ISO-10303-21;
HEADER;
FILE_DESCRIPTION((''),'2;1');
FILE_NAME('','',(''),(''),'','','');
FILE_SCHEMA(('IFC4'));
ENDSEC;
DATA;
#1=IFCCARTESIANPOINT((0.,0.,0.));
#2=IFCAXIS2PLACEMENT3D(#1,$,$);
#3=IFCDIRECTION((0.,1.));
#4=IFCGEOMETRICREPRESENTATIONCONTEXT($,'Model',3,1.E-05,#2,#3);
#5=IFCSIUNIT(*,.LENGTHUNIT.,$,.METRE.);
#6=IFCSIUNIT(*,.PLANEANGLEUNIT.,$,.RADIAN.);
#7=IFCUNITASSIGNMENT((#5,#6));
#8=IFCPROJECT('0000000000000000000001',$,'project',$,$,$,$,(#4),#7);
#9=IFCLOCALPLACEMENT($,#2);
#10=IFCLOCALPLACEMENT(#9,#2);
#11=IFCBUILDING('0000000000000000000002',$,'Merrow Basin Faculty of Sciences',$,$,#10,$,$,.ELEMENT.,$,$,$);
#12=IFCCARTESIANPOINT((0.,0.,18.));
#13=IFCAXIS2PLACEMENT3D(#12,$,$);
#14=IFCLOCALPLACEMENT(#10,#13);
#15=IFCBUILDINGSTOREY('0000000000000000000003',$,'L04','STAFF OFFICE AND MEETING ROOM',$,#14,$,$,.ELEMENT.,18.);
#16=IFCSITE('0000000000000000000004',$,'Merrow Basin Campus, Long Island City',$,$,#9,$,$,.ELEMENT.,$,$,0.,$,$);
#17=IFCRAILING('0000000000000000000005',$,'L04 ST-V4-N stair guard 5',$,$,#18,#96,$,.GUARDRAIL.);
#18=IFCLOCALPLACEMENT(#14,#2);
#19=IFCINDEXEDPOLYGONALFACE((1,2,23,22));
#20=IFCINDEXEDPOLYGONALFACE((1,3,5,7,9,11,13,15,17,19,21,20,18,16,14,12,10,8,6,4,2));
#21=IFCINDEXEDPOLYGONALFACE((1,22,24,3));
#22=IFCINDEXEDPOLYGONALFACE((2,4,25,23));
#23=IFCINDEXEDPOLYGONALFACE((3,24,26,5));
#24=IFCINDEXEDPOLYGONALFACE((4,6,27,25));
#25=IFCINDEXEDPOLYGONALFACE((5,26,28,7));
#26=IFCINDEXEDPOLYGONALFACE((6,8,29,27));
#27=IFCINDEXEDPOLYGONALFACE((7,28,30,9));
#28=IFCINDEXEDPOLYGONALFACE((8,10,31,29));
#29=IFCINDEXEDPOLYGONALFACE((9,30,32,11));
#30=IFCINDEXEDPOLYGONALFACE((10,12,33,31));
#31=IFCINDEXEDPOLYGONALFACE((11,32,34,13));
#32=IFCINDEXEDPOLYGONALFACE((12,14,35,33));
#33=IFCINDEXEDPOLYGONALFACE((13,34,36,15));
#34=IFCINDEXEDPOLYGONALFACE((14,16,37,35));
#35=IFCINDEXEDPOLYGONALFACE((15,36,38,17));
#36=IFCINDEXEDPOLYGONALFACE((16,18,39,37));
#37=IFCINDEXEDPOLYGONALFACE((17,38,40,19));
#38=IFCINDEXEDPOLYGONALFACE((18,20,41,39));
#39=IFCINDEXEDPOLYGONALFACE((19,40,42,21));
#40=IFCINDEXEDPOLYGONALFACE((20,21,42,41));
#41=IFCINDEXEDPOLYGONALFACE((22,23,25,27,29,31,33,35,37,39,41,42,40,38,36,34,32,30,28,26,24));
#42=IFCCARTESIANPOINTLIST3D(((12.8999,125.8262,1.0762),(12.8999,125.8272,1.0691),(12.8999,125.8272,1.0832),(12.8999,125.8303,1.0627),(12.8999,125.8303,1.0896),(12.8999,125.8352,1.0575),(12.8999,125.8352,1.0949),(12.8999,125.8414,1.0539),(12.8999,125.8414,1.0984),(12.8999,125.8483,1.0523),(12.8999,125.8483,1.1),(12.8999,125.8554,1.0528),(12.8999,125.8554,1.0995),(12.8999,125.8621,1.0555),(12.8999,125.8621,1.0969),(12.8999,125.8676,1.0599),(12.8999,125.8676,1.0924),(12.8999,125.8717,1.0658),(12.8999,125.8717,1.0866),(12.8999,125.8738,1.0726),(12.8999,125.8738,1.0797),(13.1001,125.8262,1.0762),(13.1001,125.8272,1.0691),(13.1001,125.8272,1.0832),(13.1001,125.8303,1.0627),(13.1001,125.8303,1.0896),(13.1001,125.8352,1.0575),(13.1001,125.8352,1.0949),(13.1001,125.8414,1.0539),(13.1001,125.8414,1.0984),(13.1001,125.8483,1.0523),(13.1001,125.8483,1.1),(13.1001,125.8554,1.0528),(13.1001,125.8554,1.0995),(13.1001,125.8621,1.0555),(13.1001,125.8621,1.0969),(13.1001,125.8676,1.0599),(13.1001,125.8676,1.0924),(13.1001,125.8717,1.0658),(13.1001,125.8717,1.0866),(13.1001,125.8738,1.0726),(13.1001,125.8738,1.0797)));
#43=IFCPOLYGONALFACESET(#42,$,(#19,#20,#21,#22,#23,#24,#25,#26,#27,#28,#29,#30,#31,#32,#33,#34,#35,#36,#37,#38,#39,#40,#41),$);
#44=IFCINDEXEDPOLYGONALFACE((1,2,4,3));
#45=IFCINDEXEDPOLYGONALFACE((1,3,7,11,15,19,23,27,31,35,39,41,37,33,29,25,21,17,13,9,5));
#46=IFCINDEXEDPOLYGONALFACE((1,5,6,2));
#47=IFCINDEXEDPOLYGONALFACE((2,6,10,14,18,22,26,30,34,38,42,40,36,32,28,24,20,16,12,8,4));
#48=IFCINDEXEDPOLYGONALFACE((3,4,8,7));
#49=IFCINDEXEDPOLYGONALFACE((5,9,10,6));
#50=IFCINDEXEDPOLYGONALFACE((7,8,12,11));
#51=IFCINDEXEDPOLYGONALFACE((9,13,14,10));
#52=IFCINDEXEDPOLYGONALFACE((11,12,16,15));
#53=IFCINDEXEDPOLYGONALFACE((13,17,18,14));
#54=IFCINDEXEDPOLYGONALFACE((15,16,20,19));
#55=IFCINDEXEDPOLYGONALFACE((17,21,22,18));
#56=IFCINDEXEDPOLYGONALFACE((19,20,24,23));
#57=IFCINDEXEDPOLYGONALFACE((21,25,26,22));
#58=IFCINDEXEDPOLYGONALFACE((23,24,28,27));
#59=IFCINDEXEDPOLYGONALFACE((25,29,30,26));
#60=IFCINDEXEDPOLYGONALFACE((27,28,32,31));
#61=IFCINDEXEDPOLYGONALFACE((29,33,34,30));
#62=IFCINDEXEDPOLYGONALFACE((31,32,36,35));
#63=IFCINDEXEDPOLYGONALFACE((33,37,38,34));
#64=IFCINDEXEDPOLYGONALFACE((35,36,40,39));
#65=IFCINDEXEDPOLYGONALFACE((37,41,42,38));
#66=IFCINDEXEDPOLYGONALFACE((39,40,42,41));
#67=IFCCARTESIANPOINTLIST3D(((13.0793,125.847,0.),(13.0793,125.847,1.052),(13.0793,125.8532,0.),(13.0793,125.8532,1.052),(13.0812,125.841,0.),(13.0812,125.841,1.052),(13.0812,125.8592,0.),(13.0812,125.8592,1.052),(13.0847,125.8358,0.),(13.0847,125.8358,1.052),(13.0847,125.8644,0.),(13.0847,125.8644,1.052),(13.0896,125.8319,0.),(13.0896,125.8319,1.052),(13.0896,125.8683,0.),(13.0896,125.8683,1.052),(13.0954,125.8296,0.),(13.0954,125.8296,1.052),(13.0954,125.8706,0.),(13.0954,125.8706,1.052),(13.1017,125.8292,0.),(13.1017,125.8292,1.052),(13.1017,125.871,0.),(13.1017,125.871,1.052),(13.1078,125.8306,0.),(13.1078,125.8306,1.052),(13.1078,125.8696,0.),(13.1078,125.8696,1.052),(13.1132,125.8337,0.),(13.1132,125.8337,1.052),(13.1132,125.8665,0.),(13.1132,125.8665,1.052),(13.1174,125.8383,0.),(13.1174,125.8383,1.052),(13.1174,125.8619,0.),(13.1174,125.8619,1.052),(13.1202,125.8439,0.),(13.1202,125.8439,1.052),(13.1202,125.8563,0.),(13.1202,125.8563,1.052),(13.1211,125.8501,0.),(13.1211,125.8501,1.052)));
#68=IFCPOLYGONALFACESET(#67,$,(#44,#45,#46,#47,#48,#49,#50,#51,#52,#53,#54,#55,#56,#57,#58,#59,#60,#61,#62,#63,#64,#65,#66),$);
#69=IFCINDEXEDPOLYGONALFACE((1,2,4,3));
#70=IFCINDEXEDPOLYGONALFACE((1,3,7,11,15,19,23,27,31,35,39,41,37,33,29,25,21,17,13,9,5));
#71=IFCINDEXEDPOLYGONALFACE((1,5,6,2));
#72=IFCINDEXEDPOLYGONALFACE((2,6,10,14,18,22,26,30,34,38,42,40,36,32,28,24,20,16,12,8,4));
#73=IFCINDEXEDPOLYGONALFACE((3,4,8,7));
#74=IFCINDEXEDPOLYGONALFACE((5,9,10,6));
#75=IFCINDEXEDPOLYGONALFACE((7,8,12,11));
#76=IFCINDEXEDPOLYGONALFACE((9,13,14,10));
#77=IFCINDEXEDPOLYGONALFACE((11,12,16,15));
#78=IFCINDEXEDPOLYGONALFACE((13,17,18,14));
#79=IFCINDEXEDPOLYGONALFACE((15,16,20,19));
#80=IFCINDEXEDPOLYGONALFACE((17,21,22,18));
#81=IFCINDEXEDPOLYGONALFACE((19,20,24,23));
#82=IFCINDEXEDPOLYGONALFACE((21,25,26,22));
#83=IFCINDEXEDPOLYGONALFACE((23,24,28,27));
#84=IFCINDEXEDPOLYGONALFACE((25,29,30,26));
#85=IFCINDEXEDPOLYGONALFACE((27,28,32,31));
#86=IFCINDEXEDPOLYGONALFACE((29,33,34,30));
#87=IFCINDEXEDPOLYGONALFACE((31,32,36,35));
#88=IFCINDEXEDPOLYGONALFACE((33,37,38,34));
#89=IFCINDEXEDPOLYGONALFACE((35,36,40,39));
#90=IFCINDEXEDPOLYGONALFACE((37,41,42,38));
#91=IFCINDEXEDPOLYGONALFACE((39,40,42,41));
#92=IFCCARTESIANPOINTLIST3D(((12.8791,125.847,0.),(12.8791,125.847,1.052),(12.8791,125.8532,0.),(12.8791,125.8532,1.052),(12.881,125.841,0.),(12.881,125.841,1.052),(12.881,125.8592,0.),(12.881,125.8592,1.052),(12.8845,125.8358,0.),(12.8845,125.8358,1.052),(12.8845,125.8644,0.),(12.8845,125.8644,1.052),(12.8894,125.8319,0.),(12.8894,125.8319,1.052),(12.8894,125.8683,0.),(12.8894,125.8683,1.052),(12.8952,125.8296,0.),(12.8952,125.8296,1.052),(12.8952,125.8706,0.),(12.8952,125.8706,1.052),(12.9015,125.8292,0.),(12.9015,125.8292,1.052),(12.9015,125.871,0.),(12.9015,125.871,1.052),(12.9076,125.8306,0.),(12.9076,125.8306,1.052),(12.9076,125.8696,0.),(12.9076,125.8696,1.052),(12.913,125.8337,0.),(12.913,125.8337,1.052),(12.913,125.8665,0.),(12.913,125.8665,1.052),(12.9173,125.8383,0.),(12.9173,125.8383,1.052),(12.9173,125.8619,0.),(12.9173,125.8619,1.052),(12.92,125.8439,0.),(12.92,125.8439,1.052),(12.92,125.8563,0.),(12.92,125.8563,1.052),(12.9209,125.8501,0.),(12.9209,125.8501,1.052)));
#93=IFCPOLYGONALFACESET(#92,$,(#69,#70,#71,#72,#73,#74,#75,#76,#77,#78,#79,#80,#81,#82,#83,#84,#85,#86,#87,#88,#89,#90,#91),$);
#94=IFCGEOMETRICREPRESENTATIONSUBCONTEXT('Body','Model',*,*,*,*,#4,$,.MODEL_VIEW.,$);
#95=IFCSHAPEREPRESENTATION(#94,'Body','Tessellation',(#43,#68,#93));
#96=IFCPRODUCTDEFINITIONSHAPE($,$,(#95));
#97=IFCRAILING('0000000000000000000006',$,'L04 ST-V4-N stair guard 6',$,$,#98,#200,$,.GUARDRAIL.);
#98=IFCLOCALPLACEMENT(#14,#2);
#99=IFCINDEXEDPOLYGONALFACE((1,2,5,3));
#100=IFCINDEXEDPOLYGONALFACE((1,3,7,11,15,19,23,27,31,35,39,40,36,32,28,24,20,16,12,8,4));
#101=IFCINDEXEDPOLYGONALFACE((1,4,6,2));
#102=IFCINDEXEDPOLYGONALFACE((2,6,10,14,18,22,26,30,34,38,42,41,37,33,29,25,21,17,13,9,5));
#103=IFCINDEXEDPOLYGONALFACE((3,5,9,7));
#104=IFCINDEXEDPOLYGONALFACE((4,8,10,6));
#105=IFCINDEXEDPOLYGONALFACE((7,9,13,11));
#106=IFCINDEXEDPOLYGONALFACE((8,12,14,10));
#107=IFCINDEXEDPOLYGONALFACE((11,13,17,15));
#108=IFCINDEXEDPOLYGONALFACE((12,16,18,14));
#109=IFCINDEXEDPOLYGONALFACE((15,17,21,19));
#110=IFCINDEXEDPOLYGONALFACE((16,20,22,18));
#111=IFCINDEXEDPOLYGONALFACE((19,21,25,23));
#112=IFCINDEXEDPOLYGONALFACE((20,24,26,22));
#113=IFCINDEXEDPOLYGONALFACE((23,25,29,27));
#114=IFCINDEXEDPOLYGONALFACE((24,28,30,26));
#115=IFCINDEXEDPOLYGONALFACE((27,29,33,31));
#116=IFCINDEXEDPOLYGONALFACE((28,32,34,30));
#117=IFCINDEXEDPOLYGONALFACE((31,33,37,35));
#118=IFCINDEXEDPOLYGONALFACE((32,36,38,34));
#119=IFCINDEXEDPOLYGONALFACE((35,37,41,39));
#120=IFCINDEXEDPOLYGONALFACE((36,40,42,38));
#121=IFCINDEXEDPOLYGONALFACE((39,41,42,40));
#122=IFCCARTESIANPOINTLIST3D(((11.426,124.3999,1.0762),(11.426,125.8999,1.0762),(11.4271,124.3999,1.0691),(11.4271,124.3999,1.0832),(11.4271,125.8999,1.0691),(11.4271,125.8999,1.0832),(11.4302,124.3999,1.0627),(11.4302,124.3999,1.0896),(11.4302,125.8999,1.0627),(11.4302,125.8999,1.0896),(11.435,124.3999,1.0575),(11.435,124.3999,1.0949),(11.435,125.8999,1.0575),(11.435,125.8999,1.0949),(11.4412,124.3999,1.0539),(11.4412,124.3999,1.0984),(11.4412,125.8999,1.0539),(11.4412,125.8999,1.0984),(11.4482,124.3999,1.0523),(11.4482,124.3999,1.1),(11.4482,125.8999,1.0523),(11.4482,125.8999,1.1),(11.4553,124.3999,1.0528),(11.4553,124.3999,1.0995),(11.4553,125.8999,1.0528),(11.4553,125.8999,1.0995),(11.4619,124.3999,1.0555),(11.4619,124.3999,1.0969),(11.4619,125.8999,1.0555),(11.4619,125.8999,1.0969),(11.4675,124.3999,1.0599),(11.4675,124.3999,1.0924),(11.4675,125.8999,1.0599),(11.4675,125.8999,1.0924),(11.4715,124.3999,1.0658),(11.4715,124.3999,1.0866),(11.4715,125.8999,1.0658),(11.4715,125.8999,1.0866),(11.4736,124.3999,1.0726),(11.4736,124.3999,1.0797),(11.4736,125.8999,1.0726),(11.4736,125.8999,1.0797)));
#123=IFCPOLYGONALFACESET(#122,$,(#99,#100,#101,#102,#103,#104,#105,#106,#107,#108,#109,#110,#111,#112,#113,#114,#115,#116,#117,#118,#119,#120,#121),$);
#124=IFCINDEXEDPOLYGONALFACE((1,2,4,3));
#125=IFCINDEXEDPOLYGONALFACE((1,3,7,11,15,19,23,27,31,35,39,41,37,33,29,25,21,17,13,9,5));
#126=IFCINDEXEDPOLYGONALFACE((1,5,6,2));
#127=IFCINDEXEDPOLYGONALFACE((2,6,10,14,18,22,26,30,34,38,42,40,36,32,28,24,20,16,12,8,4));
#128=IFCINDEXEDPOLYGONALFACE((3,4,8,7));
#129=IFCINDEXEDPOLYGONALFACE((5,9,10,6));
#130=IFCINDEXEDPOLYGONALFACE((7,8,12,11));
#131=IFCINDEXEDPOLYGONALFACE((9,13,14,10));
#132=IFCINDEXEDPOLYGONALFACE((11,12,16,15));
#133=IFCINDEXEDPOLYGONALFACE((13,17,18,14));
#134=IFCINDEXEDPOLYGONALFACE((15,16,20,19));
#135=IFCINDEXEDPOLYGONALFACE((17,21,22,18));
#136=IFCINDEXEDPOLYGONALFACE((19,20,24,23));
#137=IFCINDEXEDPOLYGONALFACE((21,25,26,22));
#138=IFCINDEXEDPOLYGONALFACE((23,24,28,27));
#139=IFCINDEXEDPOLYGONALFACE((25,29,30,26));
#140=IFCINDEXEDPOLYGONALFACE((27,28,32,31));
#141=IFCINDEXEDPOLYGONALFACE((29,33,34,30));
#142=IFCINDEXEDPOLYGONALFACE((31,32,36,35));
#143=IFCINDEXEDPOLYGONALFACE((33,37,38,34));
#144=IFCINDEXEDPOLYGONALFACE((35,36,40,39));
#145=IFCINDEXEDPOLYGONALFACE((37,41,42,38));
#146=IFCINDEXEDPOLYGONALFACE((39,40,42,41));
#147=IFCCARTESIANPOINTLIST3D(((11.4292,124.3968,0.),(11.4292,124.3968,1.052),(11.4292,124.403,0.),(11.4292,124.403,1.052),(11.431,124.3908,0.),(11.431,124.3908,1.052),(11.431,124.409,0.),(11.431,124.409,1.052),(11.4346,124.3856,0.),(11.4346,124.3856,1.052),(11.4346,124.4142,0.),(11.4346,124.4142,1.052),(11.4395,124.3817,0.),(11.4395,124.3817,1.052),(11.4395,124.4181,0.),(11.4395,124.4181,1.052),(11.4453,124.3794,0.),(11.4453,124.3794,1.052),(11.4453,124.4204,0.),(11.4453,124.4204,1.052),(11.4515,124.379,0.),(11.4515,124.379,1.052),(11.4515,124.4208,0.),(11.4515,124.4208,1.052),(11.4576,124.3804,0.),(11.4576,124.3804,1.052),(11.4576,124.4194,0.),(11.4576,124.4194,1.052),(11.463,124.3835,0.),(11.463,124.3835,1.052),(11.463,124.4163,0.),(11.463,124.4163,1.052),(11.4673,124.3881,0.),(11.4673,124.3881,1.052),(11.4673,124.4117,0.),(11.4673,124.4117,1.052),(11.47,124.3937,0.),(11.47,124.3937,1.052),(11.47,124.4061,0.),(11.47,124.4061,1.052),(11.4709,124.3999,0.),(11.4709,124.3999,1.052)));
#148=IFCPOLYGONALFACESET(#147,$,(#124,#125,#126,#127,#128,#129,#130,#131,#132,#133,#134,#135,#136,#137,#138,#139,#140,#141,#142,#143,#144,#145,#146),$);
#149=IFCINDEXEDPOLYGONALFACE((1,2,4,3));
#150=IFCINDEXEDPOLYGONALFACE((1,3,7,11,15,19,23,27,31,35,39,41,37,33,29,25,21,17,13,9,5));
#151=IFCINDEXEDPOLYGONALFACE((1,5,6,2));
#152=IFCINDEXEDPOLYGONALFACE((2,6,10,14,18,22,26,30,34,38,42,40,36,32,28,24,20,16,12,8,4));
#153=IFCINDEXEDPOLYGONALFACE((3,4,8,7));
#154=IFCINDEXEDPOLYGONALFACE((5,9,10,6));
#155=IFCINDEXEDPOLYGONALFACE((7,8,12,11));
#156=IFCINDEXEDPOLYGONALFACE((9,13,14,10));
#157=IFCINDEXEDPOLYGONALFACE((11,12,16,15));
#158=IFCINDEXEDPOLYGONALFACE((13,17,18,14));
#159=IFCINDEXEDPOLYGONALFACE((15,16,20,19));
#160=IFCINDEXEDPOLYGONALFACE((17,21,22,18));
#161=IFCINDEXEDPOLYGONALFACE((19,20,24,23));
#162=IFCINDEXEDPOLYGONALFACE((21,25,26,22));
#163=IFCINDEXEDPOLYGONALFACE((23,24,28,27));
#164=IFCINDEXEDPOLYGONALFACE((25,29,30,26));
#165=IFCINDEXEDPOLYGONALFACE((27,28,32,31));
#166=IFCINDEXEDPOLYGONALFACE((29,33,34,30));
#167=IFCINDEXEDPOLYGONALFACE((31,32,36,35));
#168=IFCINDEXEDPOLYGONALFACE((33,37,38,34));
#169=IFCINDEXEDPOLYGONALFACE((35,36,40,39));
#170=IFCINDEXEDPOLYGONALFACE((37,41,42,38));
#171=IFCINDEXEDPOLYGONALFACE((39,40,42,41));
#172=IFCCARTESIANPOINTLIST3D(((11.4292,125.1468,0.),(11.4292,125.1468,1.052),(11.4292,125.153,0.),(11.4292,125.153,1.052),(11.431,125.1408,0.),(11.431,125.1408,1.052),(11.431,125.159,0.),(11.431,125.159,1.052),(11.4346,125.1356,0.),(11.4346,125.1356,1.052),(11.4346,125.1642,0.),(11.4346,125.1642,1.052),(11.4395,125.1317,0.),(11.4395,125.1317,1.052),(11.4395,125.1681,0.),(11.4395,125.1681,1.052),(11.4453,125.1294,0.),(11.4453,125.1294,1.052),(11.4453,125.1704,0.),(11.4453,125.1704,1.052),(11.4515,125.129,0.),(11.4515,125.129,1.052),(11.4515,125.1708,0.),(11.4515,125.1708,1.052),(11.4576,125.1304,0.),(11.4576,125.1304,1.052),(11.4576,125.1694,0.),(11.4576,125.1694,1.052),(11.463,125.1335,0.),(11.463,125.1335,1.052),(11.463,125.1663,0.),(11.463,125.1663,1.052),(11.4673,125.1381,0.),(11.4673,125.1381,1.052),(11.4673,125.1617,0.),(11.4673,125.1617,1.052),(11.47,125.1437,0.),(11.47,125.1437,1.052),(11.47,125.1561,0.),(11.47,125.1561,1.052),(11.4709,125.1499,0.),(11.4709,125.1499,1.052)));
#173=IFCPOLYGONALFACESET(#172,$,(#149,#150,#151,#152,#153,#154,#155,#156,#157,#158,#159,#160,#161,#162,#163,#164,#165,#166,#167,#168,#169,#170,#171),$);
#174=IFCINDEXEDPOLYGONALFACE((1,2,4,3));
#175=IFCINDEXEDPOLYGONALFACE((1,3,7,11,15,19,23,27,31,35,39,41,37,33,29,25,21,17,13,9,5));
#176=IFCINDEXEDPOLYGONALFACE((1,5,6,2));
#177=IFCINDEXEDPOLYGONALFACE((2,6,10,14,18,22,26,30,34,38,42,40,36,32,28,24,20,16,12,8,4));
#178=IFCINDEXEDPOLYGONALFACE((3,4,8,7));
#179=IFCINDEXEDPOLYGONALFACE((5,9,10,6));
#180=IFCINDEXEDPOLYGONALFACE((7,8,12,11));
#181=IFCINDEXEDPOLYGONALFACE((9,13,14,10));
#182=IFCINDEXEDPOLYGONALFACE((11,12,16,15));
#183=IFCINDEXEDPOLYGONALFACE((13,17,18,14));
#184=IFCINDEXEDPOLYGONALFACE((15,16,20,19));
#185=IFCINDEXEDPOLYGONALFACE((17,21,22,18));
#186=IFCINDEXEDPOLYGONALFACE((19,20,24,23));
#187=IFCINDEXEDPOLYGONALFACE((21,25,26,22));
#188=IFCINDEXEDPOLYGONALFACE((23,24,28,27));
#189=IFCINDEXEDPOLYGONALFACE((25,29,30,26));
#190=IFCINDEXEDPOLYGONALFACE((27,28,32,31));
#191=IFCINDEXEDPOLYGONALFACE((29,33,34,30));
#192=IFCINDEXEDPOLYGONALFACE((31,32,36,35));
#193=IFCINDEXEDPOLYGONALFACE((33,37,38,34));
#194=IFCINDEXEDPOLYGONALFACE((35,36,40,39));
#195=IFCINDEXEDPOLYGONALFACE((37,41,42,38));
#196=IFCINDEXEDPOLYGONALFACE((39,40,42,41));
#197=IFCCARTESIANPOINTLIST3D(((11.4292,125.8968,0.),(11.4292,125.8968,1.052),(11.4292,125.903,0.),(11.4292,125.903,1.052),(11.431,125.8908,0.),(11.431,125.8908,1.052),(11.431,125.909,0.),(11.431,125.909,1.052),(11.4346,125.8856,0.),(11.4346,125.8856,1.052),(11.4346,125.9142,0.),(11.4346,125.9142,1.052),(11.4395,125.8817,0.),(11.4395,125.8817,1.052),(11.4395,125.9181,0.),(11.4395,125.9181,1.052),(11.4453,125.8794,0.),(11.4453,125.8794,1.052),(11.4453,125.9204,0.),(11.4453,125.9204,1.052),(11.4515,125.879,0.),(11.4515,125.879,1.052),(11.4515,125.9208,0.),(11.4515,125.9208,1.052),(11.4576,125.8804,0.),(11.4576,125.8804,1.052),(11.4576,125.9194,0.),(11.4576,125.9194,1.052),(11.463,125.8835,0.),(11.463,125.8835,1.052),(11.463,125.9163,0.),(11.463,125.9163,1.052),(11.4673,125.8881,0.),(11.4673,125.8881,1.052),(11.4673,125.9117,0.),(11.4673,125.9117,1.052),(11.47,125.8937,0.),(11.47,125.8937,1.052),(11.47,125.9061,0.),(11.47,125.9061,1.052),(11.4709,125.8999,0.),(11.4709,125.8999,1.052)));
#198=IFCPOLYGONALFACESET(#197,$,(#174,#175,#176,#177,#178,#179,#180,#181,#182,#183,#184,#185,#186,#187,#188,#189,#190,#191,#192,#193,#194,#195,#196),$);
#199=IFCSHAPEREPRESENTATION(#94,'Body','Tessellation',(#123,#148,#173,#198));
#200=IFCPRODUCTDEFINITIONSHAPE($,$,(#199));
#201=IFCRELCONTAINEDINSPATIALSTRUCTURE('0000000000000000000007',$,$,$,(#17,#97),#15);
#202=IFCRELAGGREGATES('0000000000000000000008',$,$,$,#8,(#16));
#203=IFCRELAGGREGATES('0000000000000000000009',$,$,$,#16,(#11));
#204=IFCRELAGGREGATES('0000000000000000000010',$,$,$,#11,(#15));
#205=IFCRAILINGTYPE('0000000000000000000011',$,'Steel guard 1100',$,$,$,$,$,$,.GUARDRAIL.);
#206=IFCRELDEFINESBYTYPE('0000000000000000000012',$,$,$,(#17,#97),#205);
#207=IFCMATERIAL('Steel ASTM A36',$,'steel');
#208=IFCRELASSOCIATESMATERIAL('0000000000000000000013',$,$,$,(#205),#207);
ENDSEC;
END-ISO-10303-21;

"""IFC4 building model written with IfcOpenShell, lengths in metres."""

from ifc_helpers import new_model, si_unit, direction, frame, origin, origin_2d, place, context, subcontext, project, spatial, circle, extrude, material, type_object, element, save


model = new_model("IFC4")

# Units and contexts
model_context = context("Model", 3, precision=1e-05, world=origin(), true_north=direction((0.0, 1.0)))
body_context = subcontext(model_context, "Body", "Model", "MODEL_VIEW")
ifc_project = project(units=[si_unit("LENGTHUNIT", "METRE"), si_unit("PLANEANGLEUNIT", "RADIAN")], contexts=[model_context])

# Site, building, storey
site_placement = place(None, origin())
site = spatial("IfcSite", under=ifc_project, at=site_placement, Name="Merrow Basin Campus, Long Island City", CompositionType="ELEMENT", RefElevation=0.0)
building_placement = place(site_placement, origin())
building = spatial("IfcBuilding", under=site, at=building_placement, Name="Merrow Basin Faculty of Sciences", CompositionType="ELEMENT")
storey_placement = place(building_placement, frame((0.0, 0.0, 18.0)))
storey = spatial("IfcBuildingStorey", under=building, at=storey_placement, Name="L04", Description="STAFF OFFICE AND MEETING ROOM", CompositionType="ELEMENT", Elevation=18.0)

# Railings
ifc_material_1 = material(Name="Steel ASTM A36", Category="steel")
railing_type = type_object("IfcRailingType", Name="Steel guard 1100", PredefinedType="GUARDRAIL", material=ifc_material_1)
railing_1_placement = place(storey_placement, frame((13.1001, 125.8501, 0.0)))
element("IfcRailing", 1, at=railing_1_placement, inside=storey, type_object=railing_type, Name="L04 ST-V4-N stair guard 5", PredefinedType="GUARDRAIL", context=body_context, shape_type="SweptSolid", body=[
    extrude(circle(Radius=0.0239, at=origin_2d()), frame((0.0, 0.0, 1.0762), z_axis=(-1.0, 0.0, 0.0), x_axis=(0.0, -1.0, 0.0)), (0.0, 0.0, 1.0), 0.2002),
    extrude(circle(Radius=0.021, at=origin_2d()), origin(), (0.0, 0.0, 1.0), 1.052),
    extrude(circle(Radius=0.021, at=origin_2d()), frame((-0.2002, 0.0, 0.0)), (0.0, 0.0, 1.0), 1.052),
])
railing_2_placement = place(storey_placement, frame((11.45, 124.3999, 0.0)))
element("IfcRailing", 2, at=railing_2_placement, inside=storey, type_object=railing_type, Name="L04 ST-V4-N stair guard 6", PredefinedType="GUARDRAIL", context=body_context, shape_type="SweptSolid", body=[
    extrude(circle(Radius=0.0239, at=origin_2d()), frame((0.0, 0.0, 1.0762), z_axis=(0.0, 1.0, 0.0), x_axis=(-1.0, 0.0, 0.0)), (0.0, 0.0, 1.0), 1.5),
    extrude(circle(Radius=0.021, at=origin_2d()), origin(), (0.0, 0.0, 1.0), 1.052),
    extrude(circle(Radius=0.021, at=origin_2d()), frame((0.0, 0.75, 0.0)), (0.0, 0.0, 1.0), 1.052),
    extrude(circle(Radius=0.021, at=origin_2d()), frame((0.0, 1.5, 0.0)), (0.0, 0.0, 1.0), 1.052),
])

save(model, "model.ifc")
